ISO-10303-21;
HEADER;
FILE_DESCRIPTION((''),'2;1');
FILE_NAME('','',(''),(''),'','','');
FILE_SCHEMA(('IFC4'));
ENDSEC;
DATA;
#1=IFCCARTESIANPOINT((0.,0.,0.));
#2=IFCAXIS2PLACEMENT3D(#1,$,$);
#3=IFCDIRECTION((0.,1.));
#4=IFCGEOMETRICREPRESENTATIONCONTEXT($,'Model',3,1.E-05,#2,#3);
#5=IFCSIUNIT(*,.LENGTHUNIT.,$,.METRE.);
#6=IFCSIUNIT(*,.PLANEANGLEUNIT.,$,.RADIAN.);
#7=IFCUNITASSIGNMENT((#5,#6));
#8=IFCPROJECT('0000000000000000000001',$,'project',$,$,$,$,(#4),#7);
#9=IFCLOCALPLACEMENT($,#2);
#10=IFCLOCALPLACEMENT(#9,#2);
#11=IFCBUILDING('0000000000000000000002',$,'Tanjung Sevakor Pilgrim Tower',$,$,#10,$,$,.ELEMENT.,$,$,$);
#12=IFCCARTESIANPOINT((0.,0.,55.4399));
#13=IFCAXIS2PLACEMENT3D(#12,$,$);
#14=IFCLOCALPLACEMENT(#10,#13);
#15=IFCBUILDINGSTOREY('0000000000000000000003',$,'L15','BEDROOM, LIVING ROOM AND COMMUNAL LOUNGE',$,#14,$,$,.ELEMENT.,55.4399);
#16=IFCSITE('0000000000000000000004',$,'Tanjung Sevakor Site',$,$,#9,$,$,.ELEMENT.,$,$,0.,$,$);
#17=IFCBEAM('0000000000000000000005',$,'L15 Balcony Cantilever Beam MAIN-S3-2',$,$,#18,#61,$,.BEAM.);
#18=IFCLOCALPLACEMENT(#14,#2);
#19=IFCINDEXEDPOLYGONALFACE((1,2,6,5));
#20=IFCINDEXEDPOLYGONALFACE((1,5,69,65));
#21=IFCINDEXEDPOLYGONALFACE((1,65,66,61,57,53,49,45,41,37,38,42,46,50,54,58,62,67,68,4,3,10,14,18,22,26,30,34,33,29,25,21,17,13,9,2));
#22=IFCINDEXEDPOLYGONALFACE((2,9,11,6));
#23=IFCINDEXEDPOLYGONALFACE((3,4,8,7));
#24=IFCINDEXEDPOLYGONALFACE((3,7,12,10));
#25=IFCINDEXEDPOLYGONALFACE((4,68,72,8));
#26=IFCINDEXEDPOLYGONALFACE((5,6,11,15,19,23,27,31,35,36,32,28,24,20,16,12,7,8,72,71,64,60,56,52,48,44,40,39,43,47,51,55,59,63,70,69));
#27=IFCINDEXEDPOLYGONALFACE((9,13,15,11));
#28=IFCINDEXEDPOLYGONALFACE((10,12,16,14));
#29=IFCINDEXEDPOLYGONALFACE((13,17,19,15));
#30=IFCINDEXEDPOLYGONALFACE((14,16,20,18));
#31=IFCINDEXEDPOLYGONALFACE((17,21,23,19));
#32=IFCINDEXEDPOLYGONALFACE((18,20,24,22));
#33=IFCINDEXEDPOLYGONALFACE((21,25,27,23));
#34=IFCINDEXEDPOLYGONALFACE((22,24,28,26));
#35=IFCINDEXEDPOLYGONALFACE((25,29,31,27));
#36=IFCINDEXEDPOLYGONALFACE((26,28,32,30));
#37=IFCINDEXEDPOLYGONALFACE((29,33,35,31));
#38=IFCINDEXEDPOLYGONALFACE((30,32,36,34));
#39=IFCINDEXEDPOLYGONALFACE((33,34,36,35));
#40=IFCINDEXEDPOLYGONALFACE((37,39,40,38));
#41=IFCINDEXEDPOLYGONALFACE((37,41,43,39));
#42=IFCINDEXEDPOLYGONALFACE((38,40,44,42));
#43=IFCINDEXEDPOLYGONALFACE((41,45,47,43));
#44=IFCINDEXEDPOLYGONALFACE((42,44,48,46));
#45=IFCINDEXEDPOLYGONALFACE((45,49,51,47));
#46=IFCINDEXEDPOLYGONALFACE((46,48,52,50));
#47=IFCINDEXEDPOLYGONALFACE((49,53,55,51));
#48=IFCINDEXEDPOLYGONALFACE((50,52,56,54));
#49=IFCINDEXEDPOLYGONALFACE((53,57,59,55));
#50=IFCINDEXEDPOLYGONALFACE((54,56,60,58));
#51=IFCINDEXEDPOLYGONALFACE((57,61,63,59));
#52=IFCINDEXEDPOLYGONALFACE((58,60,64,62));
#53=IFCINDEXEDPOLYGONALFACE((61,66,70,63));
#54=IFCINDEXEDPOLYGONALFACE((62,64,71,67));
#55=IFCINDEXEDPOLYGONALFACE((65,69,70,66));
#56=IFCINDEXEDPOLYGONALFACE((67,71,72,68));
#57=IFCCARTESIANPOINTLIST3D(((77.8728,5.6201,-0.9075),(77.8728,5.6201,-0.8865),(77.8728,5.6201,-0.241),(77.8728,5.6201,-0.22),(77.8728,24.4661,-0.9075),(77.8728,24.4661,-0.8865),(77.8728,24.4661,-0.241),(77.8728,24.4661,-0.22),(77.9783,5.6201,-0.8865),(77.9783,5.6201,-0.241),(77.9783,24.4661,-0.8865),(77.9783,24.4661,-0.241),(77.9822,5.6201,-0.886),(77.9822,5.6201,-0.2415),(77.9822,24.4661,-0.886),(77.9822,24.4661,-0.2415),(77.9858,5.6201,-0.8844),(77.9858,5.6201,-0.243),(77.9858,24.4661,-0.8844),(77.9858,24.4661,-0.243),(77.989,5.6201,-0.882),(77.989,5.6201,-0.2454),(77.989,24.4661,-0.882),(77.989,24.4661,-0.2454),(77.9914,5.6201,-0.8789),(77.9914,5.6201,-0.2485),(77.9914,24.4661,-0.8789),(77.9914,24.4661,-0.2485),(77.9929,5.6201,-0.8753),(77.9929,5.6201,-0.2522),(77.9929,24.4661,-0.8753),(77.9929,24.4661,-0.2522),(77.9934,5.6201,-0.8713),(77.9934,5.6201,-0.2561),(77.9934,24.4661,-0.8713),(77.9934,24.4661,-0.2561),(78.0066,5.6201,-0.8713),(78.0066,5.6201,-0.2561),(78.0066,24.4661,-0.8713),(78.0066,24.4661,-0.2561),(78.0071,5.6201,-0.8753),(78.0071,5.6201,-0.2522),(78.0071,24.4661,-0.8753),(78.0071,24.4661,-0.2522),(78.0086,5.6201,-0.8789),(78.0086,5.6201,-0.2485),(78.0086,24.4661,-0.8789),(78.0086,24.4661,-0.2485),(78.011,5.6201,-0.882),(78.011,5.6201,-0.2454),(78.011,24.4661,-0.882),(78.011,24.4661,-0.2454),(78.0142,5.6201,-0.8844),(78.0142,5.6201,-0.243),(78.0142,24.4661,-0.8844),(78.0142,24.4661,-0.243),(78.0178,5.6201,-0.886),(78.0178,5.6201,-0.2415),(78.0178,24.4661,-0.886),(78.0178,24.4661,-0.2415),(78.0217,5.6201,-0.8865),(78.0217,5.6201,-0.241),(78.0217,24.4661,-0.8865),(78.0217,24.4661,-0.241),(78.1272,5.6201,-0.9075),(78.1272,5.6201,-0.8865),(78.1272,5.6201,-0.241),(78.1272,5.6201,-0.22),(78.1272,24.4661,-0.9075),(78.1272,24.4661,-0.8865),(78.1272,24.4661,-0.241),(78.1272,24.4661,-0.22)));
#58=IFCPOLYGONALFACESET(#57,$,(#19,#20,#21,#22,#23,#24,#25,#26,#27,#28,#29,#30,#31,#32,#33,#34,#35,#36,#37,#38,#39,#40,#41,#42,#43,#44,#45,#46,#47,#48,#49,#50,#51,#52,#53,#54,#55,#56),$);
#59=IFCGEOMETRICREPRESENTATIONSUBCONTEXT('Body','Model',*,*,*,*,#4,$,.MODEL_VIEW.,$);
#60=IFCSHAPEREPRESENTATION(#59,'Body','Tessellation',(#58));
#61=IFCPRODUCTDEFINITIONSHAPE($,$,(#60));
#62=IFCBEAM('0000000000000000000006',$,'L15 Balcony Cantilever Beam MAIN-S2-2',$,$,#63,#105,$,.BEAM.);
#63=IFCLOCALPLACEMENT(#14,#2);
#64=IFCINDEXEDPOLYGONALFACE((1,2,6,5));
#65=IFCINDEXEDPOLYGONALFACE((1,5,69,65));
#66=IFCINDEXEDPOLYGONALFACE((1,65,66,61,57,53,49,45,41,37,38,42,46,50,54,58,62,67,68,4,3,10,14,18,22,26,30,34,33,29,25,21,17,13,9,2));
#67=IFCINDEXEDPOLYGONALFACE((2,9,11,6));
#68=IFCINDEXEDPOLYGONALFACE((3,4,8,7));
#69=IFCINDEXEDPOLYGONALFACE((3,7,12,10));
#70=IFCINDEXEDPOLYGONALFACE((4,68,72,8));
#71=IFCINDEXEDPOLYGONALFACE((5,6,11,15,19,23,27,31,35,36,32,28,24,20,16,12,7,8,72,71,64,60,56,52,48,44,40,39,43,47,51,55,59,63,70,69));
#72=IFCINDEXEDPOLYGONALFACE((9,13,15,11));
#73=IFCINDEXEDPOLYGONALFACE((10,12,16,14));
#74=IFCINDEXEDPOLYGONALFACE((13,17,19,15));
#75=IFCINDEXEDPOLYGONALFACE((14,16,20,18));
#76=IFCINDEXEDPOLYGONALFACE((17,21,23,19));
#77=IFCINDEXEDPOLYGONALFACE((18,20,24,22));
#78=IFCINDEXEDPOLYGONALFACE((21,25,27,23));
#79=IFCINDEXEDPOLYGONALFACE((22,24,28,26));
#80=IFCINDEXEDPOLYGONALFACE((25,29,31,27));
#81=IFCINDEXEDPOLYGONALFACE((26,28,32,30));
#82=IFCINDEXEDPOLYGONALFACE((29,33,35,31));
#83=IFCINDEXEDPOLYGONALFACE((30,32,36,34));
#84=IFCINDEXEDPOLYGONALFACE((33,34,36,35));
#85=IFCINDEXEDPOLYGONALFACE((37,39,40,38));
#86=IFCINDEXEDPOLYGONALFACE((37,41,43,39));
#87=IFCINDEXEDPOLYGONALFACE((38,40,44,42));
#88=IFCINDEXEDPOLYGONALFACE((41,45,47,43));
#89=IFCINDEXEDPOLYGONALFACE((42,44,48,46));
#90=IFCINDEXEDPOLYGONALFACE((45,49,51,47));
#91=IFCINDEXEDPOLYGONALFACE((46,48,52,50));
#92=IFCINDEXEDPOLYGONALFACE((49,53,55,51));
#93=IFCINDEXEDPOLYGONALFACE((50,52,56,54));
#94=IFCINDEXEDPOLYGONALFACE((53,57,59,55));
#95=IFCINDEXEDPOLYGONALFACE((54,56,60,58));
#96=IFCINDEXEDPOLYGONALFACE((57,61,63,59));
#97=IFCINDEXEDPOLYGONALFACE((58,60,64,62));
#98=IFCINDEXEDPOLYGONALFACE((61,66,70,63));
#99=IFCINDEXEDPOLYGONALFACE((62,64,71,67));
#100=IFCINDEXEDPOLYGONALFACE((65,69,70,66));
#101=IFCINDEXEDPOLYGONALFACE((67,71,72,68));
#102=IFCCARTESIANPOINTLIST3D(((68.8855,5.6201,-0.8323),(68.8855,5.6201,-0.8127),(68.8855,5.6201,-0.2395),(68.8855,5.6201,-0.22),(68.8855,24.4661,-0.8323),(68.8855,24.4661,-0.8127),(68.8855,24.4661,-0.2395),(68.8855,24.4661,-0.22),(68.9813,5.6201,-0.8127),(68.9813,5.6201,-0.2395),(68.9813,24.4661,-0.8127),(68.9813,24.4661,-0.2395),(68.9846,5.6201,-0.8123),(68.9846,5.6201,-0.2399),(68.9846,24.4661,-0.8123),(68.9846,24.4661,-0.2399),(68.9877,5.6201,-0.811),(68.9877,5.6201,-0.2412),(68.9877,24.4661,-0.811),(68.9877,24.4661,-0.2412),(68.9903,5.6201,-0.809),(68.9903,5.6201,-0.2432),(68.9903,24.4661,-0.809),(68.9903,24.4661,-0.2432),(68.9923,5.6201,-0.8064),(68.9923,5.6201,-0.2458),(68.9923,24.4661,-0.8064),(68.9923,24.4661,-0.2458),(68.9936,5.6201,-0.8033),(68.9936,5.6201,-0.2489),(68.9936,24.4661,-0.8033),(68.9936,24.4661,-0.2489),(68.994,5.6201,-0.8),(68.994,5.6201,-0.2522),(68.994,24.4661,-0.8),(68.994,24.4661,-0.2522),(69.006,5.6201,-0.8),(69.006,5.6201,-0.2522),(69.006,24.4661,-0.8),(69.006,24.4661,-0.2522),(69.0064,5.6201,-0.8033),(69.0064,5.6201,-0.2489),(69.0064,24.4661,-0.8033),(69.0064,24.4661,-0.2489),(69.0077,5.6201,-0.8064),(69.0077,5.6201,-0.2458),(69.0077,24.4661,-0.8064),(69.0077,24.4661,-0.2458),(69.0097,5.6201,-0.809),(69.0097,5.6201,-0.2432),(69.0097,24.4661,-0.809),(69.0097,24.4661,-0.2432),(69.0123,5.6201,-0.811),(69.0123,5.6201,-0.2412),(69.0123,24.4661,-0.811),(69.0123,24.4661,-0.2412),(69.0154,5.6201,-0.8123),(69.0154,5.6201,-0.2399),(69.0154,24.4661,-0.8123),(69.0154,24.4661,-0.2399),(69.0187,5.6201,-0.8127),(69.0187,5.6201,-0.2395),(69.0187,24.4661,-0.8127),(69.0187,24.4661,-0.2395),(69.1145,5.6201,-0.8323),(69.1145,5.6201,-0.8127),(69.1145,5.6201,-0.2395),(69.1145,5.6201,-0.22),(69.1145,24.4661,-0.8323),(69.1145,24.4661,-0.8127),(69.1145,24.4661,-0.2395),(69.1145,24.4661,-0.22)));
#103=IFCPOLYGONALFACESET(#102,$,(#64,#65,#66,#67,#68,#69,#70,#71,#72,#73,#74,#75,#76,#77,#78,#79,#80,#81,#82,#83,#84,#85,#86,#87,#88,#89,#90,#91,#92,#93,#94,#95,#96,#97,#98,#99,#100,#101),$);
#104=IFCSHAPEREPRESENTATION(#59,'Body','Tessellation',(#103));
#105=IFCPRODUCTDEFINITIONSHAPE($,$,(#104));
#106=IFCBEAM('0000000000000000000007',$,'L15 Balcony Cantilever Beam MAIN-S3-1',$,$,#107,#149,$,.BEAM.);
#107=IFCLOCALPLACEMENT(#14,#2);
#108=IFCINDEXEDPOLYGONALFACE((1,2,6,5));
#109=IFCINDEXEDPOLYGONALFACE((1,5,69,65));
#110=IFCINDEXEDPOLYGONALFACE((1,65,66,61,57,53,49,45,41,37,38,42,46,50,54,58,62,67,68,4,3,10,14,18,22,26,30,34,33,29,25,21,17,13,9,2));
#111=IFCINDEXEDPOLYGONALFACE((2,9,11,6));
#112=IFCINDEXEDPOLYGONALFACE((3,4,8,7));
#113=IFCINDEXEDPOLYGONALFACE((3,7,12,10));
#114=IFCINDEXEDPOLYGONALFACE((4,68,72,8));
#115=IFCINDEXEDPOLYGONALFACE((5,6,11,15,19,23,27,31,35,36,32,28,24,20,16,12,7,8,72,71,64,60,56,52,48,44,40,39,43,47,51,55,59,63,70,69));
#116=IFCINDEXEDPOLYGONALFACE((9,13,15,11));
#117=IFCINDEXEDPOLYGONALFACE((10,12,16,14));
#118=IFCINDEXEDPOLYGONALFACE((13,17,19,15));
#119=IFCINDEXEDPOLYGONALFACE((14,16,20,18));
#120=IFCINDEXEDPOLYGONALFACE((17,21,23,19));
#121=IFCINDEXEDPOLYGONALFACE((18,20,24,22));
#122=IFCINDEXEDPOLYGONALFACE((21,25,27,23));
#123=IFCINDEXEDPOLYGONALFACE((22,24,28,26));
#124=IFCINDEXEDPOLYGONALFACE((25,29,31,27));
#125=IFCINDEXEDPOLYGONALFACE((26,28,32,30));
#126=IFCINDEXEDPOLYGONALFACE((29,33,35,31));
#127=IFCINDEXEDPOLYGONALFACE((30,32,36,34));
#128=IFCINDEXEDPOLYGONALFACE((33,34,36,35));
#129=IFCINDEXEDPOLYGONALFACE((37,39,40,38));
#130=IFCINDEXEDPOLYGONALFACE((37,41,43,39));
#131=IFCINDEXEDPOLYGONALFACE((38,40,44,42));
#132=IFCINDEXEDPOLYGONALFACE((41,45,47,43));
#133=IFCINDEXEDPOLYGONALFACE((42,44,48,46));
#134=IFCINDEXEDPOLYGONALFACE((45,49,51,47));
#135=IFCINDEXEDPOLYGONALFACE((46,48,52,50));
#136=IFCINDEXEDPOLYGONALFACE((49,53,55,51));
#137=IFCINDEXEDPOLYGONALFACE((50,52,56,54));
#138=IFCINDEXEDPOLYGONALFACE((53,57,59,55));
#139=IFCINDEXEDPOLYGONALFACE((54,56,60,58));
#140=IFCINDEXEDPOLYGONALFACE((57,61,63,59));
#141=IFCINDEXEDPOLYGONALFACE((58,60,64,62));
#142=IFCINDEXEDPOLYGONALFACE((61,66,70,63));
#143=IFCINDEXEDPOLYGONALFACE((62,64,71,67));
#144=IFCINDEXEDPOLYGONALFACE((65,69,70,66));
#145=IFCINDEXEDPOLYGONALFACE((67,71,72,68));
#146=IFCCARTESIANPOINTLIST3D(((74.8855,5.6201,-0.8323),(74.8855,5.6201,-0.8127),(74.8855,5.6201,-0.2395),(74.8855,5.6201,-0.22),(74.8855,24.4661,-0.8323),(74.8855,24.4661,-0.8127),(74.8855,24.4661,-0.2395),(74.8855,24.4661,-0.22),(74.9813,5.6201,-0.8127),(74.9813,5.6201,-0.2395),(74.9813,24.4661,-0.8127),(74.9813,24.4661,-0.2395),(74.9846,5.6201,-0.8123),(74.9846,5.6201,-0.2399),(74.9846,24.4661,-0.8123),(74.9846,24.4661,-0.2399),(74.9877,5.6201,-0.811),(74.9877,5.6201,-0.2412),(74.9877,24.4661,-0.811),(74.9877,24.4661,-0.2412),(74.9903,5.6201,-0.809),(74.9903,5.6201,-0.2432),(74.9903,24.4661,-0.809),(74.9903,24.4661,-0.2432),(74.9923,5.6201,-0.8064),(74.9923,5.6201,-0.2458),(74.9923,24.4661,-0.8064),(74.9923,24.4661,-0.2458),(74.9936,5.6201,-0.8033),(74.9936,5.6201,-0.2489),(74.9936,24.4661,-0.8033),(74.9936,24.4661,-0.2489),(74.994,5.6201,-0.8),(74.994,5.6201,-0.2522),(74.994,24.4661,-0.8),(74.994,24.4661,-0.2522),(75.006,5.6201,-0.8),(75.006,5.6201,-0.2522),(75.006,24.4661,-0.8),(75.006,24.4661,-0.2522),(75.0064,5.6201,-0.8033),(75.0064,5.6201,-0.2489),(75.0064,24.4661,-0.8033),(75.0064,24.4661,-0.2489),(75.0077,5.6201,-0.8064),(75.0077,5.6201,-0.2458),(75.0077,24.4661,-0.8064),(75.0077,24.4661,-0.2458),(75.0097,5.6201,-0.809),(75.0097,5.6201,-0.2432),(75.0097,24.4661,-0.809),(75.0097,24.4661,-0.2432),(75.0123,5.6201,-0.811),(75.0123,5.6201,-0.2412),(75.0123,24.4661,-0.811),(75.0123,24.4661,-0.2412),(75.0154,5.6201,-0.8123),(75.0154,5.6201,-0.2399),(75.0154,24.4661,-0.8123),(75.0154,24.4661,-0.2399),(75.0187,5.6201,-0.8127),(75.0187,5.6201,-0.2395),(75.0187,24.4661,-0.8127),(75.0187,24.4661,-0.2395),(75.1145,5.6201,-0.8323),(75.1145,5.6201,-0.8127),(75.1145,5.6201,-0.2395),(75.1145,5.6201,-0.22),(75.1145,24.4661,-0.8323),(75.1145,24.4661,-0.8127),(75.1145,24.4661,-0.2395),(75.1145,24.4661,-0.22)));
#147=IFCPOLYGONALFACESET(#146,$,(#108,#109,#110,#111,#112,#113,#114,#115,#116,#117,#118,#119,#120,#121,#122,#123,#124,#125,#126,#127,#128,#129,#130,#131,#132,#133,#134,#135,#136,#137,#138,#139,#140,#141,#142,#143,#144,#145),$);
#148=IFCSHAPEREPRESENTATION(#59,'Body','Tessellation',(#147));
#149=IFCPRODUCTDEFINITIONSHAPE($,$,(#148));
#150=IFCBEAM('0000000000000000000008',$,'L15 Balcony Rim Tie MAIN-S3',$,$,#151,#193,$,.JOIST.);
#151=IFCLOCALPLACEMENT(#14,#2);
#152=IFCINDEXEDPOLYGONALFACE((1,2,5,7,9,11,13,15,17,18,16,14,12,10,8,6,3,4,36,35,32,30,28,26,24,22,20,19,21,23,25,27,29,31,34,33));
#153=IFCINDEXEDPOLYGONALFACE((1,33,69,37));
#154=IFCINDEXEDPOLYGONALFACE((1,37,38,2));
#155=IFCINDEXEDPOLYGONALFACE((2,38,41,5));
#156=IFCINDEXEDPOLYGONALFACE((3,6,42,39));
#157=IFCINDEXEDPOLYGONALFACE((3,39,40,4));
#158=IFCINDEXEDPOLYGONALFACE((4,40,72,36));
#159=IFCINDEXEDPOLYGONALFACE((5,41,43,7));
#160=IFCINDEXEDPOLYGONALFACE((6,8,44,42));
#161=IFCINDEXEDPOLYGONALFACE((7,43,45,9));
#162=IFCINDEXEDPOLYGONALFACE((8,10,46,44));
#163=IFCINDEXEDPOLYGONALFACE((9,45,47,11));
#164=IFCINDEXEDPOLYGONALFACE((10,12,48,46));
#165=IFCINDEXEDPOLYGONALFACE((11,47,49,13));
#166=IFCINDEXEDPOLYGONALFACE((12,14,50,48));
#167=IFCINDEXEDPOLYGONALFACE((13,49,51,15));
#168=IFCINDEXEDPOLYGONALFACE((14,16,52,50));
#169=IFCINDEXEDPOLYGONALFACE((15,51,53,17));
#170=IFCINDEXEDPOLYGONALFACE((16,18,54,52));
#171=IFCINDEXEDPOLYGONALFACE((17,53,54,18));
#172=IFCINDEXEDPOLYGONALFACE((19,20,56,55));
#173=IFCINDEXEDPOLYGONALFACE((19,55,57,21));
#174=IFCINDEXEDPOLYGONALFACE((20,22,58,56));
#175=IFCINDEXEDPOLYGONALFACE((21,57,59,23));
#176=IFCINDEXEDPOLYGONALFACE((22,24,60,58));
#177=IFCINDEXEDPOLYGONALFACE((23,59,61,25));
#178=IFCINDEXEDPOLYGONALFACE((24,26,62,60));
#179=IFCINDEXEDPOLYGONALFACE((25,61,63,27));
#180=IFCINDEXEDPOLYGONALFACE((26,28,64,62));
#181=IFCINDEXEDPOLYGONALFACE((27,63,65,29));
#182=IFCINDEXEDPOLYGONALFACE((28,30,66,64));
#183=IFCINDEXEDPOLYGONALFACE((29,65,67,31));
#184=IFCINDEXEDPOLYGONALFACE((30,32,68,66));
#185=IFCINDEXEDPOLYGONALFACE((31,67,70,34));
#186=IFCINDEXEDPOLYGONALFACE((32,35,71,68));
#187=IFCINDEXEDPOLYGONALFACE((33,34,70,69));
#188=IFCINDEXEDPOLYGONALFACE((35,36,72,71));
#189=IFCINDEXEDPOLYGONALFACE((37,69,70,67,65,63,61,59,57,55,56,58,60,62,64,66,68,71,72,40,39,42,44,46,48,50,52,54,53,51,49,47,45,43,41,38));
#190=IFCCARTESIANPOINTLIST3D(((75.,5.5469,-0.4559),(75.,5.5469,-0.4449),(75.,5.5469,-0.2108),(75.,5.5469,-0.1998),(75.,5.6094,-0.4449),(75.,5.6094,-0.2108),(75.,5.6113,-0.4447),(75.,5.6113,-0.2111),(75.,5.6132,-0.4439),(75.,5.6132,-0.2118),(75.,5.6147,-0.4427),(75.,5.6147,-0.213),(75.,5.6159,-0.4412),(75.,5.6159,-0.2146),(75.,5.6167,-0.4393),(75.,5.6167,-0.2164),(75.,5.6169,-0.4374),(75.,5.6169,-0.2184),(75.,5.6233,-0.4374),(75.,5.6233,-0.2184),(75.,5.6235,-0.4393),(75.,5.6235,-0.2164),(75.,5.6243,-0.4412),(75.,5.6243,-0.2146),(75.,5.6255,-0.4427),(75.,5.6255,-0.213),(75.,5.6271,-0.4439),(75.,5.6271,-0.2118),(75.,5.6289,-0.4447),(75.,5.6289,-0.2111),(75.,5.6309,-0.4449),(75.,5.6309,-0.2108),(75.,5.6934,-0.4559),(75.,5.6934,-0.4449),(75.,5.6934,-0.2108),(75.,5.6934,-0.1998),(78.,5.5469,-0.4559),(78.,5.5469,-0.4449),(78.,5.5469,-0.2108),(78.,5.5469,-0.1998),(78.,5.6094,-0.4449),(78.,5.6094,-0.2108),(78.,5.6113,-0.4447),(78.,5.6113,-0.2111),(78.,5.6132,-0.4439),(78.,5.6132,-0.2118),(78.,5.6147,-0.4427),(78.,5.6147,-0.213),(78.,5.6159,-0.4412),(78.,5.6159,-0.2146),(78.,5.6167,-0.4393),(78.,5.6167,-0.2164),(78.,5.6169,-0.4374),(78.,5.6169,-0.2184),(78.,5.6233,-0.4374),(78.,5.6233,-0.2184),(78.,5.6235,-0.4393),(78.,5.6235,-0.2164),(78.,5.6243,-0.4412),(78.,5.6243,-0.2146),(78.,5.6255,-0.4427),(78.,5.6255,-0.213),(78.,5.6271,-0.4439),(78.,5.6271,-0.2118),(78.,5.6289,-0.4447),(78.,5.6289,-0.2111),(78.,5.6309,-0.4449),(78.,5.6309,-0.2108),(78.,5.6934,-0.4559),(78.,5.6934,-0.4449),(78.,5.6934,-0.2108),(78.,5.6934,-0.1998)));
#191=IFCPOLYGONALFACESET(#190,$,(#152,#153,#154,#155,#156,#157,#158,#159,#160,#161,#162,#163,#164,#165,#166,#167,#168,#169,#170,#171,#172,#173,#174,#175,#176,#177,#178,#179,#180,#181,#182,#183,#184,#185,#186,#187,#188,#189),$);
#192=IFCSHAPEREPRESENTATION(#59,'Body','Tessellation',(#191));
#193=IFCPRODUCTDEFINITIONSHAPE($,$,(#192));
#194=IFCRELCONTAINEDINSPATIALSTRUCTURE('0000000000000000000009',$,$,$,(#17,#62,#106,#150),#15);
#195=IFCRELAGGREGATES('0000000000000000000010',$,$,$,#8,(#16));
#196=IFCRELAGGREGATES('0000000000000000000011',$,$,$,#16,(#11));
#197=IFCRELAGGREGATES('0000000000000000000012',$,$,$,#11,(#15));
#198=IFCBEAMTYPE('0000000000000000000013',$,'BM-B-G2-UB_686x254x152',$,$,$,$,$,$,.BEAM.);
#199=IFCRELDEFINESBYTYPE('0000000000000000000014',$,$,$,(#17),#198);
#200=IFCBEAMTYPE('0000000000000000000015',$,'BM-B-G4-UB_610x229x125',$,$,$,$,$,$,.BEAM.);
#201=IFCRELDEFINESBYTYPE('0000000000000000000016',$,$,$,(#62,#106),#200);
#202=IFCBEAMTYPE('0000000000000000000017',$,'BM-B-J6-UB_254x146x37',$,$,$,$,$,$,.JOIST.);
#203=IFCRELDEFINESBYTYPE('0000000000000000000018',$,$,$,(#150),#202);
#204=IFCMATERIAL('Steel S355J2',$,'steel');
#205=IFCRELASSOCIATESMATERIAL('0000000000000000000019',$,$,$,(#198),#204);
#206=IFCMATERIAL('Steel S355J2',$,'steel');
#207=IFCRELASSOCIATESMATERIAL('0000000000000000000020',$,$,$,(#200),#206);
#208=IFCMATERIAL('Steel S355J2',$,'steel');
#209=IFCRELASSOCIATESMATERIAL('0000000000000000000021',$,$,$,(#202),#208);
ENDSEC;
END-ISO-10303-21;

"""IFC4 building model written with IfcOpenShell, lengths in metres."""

from ifc_helpers import new_model, si_unit, direction, frame, origin, origin_2d, place, context, subcontext, project, spatial, i_section, extrude, material, material_profile, profile_set, type_object, element, save


model = new_model("IFC4")

# Units and contexts
model_context = context("Model", 3, precision=1e-05, world=origin(), true_north=direction((0.0, 1.0)))
body_context = subcontext(model_context, "Body", "Model", "MODEL_VIEW")
ifc_project = project(units=[si_unit("LENGTHUNIT", "METRE"), si_unit("PLANEANGLEUNIT", "RADIAN")], contexts=[model_context])

# Site, building, storey
site_placement = place(None, origin())
site = spatial("IfcSite", under=ifc_project, at=site_placement, Name="Tanjung Sevakor Site", CompositionType="ELEMENT", RefElevation=0.0)
building_placement = place(site_placement, origin())
building = spatial("IfcBuilding", under=site, at=building_placement, Name="Tanjung Sevakor Pilgrim Tower", CompositionType="ELEMENT")
storey_placement = place(building_placement, frame((0.0, 0.0, 55.4399)))
storey = spatial("IfcBuildingStorey", under=building, at=storey_placement, Name="L15", Description="BEDROOM, LIVING ROOM AND COMMUNAL LOUNGE", CompositionType="ELEMENT", Elevation=55.4399)

# Beams
ifc_material_1 = material(Name="Steel S355J2", Category="steel")
ifc_material_profile_1 = material_profile(ifc_material_1, i_section(OverallWidth=0.2544, OverallDepth=0.6875, WebThickness=0.0132, FlangeThickness=0.021, FilletRadius=0.0151, at=origin_2d()))
ifc_profile_set_1 = profile_set([ifc_material_profile_1], Name="Steel S355J2")
beam_type_1 = type_object("IfcBeamType", Name="BM-B-G2-UB_686x254x152", PredefinedType="BEAM", material=ifc_profile_set_1)
beam_1_placement = place(storey_placement, frame((78.0, 24.4661, -0.5637), z_axis=(0.0, -1.0, 0.0), x_axis=(1.0, 0.0, 0.0)))
element("IfcBeam", 1, at=beam_1_placement, inside=storey, type_object=beam_type_1, Name="L15 Balcony Cantilever Beam MAIN-S3-2", PredefinedType="BEAM", context=body_context, shape_type="SweptSolid", body=[
    extrude(i_section(OverallWidth=0.2544, OverallDepth=0.6875, WebThickness=0.0132, FlangeThickness=0.021, FilletRadius=0.0151, at=origin_2d()), origin(), (0.0, 0.0, 1.0), 18.8459),
])
ifc_material_2 = material(Name="Steel S355J2", Category="steel")
ifc_material_profile_2 = material_profile(ifc_material_2, i_section(OverallWidth=0.229, OverallDepth=0.6123, WebThickness=0.012, FlangeThickness=0.0195, FilletRadius=0.0127, at=origin_2d()))
ifc_profile_set_2 = profile_set([ifc_material_profile_2], Name="Steel S355J2")
beam_type_2 = type_object("IfcBeamType", Name="BM-B-G4-UB_610x229x125", PredefinedType="BEAM", material=ifc_profile_set_2)
for number, where, z_axis, x_axis, name in (
    (2, (69.0, 24.4661, -0.5261), (0.0, -1.0, 0.0), (1.0, 0.0, 0.0), "L15 Balcony Cantilever Beam MAIN-S2-2"),
    (3, (75.0, 24.4661, -0.5261), (0.0, -1.0, 0.0), (1.0, 0.0, 0.0), "L15 Balcony Cantilever Beam MAIN-S3-1"),
):
    element("IfcBeam", number, at=place(storey_placement, frame(where, z_axis=z_axis, x_axis=x_axis)), inside=storey, type_object=beam_type_2, Name=name, PredefinedType="BEAM", context=body_context, shape_type="SweptSolid", body=[
        extrude(i_section(OverallWidth=0.229, OverallDepth=0.6123, WebThickness=0.012, FlangeThickness=0.0195, FilletRadius=0.0127, at=origin_2d()), origin(), (0.0, 0.0, 1.0), 18.8459),
    ])
ifc_material_3 = material(Name="Steel S355J2", Category="steel")
ifc_material_profile_3 = material_profile(ifc_material_3, i_section(OverallWidth=0.1465, OverallDepth=0.2561, WebThickness=0.0063, FlangeThickness=0.011, FilletRadius=0.0076, at=origin_2d()))
ifc_profile_set_3 = profile_set([ifc_material_profile_3], Name="Steel S355J2")
beam_type_3 = type_object("IfcBeamType", Name="BM-B-J6-UB_254x146x37", PredefinedType="JOIST", material=ifc_profile_set_3)
beam_2_placement = place(storey_placement, frame((75.0, 5.6201, -0.3279), z_axis=(1.0, 0.0, 0.0), x_axis=(0.0, 1.0, 0.0)))
element("IfcBeam", 4, at=beam_2_placement, inside=storey, type_object=beam_type_3, Name="L15 Balcony Rim Tie MAIN-S3", PredefinedType="JOIST", context=body_context, shape_type="SweptSolid", body=[
    extrude(i_section(OverallWidth=0.1465, OverallDepth=0.2561, WebThickness=0.0063, FlangeThickness=0.011, FilletRadius=0.0076, at=origin_2d()), origin(), (0.0, 0.0, 1.0), 3.0),
])

save(model, "model.ifc")
